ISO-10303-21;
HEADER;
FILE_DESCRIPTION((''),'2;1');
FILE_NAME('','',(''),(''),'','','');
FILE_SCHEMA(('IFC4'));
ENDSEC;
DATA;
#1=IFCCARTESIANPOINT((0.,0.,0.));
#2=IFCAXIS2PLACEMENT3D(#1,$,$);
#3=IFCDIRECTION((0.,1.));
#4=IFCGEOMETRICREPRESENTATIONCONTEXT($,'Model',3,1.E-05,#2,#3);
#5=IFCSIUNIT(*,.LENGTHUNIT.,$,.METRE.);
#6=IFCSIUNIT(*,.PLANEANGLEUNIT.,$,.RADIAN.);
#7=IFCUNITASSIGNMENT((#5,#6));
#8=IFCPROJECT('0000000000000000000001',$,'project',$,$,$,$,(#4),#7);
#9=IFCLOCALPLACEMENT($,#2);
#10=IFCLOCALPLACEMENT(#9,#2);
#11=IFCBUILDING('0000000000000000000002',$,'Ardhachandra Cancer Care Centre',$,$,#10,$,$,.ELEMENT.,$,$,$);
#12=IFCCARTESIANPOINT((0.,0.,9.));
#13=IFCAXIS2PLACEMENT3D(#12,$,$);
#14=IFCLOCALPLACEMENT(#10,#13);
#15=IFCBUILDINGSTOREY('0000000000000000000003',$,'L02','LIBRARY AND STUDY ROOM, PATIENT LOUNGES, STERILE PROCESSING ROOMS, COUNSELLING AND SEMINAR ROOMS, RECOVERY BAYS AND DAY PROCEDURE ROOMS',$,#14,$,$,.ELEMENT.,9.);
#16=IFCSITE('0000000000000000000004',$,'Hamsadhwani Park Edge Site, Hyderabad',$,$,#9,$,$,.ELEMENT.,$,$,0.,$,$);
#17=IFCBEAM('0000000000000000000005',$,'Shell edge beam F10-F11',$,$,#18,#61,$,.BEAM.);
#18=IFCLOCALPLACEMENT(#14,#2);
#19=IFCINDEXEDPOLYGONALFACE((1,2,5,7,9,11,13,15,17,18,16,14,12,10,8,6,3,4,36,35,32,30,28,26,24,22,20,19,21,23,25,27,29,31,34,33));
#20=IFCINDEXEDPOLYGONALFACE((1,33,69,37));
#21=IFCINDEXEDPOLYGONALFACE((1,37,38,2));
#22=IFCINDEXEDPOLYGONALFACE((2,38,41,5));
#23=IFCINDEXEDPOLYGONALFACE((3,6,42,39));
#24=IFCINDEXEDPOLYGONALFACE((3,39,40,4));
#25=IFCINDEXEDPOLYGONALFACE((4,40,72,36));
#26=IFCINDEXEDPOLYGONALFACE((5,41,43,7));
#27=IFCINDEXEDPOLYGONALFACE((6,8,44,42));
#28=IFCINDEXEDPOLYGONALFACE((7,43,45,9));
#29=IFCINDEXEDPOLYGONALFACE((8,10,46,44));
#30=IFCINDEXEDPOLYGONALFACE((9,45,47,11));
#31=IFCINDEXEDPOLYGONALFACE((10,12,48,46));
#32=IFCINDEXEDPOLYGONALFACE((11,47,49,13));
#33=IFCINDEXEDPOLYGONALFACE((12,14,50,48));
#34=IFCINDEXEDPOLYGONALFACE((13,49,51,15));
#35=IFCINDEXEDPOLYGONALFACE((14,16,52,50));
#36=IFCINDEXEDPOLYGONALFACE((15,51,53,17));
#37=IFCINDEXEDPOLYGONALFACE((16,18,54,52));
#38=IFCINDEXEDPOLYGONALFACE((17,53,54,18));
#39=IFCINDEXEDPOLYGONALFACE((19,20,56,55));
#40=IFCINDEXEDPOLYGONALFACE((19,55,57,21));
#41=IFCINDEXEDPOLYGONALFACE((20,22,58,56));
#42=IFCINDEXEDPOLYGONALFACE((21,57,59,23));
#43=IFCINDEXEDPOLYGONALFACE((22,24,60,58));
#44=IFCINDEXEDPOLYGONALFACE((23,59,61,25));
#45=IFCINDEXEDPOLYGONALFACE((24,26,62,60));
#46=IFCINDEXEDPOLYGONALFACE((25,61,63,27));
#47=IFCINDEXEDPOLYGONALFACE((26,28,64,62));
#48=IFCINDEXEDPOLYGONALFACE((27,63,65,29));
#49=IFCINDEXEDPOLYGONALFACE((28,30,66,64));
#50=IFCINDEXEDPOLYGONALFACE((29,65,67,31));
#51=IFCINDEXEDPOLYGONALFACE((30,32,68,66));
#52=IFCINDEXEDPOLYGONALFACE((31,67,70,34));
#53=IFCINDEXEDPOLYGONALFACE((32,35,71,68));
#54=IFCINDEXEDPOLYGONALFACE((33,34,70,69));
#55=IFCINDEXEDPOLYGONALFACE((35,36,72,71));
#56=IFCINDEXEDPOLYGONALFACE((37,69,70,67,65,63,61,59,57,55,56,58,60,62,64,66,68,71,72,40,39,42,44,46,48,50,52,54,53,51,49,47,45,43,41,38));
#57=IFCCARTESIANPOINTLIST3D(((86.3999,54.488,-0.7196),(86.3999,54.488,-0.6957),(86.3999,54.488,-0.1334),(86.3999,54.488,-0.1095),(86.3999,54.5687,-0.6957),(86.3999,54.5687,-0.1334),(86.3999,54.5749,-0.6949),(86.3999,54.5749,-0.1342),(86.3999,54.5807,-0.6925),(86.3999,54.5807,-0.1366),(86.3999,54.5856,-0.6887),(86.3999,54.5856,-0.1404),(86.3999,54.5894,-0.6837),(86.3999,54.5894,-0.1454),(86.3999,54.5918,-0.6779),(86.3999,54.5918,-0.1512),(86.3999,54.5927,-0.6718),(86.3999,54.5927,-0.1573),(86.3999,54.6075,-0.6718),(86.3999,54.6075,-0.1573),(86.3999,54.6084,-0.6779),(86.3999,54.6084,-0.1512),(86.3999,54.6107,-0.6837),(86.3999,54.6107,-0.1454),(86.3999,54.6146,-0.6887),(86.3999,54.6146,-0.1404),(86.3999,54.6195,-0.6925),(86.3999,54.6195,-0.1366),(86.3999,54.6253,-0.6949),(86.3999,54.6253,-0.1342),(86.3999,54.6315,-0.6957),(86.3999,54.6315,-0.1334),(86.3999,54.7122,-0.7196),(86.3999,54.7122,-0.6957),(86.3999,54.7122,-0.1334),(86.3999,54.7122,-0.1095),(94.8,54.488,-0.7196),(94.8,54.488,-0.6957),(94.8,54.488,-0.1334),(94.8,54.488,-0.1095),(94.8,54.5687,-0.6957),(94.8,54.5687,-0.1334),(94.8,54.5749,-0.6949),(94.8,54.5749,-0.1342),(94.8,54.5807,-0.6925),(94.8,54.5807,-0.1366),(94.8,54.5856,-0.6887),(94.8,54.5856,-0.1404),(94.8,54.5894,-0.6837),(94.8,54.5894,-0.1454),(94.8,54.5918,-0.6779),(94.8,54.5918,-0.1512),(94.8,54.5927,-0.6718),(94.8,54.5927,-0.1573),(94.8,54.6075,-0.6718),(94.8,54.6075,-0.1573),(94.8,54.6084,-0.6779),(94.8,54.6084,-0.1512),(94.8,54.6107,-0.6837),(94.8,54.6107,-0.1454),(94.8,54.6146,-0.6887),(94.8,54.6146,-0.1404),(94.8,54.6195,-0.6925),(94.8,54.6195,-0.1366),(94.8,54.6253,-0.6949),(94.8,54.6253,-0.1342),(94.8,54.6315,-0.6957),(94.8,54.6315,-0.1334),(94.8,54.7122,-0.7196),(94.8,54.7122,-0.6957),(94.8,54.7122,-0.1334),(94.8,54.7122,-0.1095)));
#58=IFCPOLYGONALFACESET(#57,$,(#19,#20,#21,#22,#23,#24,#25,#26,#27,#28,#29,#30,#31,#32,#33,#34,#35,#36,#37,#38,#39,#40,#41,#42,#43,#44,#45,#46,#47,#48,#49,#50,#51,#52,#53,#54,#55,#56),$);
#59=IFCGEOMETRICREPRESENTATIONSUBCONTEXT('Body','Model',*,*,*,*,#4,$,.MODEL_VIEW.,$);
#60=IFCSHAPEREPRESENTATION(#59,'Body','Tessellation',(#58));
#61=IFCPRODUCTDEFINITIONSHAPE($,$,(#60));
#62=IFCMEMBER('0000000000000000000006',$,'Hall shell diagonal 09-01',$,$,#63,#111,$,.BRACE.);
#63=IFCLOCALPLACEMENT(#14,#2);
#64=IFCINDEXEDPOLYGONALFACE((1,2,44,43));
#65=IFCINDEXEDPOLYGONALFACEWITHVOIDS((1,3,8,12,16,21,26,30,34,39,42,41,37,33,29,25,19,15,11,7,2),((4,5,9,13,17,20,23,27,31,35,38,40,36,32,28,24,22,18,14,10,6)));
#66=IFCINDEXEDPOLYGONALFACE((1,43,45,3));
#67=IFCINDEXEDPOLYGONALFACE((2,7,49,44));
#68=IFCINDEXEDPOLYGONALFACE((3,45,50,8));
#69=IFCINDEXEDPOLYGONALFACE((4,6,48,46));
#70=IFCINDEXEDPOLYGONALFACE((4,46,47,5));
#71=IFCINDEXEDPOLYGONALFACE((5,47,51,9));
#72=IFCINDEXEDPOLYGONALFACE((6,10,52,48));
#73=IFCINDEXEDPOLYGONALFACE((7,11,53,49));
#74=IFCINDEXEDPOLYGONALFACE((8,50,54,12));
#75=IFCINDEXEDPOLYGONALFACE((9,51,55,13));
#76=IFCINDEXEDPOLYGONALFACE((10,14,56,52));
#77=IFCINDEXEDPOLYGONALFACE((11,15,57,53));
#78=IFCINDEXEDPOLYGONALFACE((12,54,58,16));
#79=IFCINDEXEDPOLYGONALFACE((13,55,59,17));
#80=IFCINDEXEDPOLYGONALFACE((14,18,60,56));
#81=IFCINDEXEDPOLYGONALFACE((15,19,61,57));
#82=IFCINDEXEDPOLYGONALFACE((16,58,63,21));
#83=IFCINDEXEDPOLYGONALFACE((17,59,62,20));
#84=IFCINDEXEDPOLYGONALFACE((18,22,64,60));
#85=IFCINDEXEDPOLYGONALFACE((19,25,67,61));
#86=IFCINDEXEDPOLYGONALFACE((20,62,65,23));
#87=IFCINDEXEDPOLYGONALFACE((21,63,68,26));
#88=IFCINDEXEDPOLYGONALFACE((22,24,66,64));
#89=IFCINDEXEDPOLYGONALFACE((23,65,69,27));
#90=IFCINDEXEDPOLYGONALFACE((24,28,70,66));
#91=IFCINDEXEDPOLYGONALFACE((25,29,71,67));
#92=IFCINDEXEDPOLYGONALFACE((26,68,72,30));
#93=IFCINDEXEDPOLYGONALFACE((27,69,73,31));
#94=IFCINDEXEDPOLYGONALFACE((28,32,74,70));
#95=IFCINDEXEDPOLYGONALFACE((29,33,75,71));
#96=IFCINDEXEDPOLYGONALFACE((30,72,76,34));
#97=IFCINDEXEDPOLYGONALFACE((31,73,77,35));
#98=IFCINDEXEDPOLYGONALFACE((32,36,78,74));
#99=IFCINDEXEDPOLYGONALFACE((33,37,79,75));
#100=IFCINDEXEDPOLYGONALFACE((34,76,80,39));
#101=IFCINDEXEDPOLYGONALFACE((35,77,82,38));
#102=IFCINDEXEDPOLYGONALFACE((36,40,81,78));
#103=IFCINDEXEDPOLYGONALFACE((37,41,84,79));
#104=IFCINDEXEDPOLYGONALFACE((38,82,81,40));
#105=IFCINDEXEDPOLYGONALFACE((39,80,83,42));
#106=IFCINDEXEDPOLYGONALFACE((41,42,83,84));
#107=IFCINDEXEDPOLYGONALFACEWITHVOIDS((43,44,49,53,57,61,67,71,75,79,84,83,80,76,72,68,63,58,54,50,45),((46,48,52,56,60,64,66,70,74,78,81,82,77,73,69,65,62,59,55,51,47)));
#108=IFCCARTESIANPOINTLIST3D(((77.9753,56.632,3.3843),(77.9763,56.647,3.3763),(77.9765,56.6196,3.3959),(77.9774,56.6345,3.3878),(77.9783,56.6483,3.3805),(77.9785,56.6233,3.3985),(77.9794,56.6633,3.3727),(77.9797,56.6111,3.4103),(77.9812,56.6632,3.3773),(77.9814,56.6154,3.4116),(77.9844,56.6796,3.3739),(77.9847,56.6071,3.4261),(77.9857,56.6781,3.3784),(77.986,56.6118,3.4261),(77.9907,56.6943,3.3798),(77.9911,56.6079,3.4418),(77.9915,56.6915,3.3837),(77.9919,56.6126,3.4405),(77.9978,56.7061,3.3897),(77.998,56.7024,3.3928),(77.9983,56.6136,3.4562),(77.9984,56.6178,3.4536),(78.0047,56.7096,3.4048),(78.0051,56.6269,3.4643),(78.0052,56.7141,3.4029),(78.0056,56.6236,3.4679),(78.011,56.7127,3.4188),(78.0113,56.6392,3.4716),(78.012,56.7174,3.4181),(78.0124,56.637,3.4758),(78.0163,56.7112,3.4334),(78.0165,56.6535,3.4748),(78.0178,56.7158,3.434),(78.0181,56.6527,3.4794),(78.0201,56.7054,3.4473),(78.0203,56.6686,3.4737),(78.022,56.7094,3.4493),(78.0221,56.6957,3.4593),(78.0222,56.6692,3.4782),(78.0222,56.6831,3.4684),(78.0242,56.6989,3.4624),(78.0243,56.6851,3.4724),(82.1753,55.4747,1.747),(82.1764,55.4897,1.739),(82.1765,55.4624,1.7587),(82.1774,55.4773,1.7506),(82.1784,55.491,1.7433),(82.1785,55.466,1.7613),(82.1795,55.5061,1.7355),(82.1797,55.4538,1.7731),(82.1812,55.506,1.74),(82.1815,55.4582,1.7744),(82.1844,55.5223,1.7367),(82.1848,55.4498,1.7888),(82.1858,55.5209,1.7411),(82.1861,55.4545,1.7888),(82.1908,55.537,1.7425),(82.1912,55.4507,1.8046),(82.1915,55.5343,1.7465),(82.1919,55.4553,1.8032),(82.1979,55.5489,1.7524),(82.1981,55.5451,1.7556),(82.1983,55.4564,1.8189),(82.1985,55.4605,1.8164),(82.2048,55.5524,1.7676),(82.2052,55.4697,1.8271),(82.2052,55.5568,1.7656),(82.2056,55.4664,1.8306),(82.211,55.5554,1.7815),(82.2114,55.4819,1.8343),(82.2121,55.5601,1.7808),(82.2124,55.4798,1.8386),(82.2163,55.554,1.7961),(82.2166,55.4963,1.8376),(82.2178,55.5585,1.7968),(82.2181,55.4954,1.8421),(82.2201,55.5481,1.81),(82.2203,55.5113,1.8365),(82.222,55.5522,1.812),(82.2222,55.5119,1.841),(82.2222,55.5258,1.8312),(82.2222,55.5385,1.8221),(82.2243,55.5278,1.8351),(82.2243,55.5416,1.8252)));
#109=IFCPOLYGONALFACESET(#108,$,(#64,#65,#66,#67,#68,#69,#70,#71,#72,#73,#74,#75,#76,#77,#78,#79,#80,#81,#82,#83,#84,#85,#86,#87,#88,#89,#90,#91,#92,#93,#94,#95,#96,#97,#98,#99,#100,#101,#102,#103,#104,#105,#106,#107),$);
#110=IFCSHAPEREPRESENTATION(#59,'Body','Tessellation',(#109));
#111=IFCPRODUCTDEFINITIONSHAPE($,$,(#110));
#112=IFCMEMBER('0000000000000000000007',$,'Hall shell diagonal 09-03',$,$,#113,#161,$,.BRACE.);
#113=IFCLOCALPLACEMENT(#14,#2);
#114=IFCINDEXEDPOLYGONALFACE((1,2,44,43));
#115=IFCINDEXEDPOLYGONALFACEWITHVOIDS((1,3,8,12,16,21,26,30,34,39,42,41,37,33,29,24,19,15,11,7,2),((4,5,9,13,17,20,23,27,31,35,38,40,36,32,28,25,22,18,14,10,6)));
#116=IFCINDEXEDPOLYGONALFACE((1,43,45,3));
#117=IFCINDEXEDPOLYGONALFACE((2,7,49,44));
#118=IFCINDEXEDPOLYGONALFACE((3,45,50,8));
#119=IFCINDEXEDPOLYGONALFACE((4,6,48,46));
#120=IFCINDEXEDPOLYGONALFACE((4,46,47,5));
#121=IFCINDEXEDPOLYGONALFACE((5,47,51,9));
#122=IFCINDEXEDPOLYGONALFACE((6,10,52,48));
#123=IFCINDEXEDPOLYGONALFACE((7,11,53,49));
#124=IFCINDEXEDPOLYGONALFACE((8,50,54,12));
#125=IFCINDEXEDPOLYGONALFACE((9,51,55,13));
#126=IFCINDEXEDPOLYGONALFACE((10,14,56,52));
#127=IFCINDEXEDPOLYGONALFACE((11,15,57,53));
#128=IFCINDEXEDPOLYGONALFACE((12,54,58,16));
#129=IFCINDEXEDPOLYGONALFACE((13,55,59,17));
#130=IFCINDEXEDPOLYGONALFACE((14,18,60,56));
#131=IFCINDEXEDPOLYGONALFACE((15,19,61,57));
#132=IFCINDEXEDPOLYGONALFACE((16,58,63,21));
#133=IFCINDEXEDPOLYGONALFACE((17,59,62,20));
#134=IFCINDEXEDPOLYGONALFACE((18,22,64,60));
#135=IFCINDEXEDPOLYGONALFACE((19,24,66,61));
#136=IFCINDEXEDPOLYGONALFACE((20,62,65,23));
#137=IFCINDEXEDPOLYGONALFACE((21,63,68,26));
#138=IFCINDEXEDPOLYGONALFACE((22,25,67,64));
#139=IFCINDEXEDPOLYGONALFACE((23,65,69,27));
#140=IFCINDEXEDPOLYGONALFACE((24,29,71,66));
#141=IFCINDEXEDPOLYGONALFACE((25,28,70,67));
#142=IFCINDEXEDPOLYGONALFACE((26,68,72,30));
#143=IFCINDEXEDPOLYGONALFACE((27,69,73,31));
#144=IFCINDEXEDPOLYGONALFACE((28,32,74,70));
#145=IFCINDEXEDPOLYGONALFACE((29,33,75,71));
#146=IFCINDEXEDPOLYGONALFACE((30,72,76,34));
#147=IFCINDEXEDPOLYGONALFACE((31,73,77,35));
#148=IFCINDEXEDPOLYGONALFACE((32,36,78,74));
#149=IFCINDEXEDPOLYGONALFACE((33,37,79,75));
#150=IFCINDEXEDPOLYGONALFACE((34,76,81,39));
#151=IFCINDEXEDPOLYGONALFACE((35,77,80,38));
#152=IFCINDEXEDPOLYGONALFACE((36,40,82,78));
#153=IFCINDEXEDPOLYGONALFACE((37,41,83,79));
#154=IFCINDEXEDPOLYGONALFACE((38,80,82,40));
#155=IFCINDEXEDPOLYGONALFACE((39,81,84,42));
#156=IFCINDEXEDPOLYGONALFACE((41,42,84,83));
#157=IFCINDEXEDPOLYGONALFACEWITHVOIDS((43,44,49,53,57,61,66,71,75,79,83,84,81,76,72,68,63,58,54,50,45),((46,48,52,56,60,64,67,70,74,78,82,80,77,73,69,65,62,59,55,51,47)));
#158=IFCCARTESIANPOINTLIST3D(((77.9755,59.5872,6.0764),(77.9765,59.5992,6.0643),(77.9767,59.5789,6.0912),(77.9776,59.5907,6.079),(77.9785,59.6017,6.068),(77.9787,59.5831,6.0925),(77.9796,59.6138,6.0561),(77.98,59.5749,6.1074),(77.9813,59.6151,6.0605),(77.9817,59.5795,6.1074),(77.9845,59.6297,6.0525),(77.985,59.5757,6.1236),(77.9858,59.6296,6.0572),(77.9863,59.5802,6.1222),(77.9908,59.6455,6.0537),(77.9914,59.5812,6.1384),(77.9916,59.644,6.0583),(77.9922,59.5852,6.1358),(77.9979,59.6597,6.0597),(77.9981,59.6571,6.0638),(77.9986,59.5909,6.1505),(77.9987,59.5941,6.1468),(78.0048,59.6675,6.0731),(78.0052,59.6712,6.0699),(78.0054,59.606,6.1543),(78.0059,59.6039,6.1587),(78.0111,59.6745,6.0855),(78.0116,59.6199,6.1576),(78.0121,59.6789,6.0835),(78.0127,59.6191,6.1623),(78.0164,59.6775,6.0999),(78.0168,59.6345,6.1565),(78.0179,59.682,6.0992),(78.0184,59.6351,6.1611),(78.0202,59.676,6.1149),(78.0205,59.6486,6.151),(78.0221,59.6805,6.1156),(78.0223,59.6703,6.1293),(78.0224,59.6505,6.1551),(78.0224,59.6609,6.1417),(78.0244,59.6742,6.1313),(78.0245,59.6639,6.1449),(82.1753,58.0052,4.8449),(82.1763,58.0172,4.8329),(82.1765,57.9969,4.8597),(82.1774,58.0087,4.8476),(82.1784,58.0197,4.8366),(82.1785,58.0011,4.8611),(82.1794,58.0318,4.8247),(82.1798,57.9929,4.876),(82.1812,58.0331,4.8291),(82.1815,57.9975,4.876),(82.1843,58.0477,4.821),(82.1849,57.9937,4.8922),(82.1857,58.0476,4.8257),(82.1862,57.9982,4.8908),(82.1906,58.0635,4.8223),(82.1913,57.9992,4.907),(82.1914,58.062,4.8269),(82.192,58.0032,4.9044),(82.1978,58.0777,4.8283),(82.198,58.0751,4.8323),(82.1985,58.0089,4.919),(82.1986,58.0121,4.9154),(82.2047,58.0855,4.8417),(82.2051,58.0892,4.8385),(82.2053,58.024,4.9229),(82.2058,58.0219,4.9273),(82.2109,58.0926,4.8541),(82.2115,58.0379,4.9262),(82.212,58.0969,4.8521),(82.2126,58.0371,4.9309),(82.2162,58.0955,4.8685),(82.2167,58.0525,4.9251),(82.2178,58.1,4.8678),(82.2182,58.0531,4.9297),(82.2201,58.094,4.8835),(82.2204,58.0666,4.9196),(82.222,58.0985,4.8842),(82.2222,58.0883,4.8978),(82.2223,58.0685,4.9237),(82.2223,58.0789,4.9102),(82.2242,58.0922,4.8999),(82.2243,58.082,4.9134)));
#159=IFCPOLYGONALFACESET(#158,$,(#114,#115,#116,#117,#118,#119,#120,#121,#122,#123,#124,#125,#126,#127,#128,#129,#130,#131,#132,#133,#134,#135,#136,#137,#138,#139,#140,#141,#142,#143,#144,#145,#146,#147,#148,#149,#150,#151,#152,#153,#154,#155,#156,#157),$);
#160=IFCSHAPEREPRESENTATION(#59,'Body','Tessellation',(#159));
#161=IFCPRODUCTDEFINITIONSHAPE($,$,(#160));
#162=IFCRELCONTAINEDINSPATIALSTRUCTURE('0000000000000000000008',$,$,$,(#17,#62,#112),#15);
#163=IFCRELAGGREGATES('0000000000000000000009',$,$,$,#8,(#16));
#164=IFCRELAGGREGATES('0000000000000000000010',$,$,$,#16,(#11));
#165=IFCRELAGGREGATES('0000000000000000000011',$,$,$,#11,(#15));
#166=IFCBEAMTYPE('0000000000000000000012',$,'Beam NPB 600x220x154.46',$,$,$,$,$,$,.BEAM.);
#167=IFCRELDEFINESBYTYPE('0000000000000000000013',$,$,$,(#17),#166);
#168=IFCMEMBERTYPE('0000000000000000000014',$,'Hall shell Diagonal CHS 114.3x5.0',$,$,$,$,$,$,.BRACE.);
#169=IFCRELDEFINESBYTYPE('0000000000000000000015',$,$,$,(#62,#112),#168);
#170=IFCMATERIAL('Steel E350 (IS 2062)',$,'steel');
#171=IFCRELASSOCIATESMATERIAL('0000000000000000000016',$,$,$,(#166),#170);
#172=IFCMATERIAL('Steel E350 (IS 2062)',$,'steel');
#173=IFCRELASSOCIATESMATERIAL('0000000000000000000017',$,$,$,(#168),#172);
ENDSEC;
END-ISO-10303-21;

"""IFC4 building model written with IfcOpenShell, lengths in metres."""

from ifc_helpers import new_model, si_unit, direction, frame, origin, origin_2d, place, context, subcontext, project, spatial, hollow_circle, i_section, extrude, material, material_profile, profile_set, type_object, element, save


model = new_model("IFC4")

# Units and contexts
model_context = context("Model", 3, precision=1e-05, world=origin(), true_north=direction((0.0, 1.0)))
body_context = subcontext(model_context, "Body", "Model", "MODEL_VIEW")
ifc_project = project(units=[si_unit("LENGTHUNIT", "METRE"), si_unit("PLANEANGLEUNIT", "RADIAN")], contexts=[model_context])

# Site, building, storey
site_placement = place(None, origin())
site = spatial("IfcSite", under=ifc_project, at=site_placement, Name="Hamsadhwani Park Edge Site, Hyderabad", CompositionType="ELEMENT", RefElevation=0.0)
building_placement = place(site_placement, origin())
building = spatial("IfcBuilding", under=site, at=building_placement, Name="Ardhachandra Cancer Care Centre", CompositionType="ELEMENT")
storey_placement = place(building_placement, frame((0.0, 0.0, 9.0)))
storey = spatial("IfcBuildingStorey", under=building, at=storey_placement, Name="L02", Description="LIBRARY AND STUDY ROOM, PATIENT LOUNGES, STERILE PROCESSING ROOMS, COUNSELLING AND SEMINAR ROOMS, RECOVERY BAYS AND DAY PROCEDURE ROOMS", CompositionType="ELEMENT", Elevation=9.0)

# Beam
ifc_material_1 = material(Name="Steel E350 (IS 2062)", Category="steel")
ifc_material_profile_1 = material_profile(ifc_material_1, i_section(OverallWidth=0.2241, OverallDepth=0.6101, WebThickness=0.0149, FlangeThickness=0.0239, FilletRadius=0.0239, at=origin_2d()), Name="NPB 600x220x154.46")
ifc_profile_set_1 = profile_set([ifc_material_profile_1], Name="Steel E350 (IS 2062)")
beam_type = type_object("IfcBeamType", Name="Beam NPB 600x220x154.46", PredefinedType="BEAM", material=ifc_profile_set_1)
beam_placement = place(storey_placement, frame((86.3999, 54.6001, -0.4146), z_axis=(1.0, 0.0, 0.0), x_axis=(0.0, 1.0, 0.0)))
element("IfcBeam", 1, at=beam_placement, inside=storey, type_object=beam_type, Name="Shell edge beam F10-F11", PredefinedType="BEAM", context=body_context, shape_type="SweptSolid", body=[
    extrude(i_section(OverallWidth=0.2241, OverallDepth=0.6101, WebThickness=0.0149, FlangeThickness=0.0239, FilletRadius=0.0239, at=origin_2d()), origin(), (0.0, 0.0, 1.0), 8.4001),
])

# Members
ifc_material_2 = material(Name="Steel E350 (IS 2062)", Category="steel")
ifc_material_profile_2 = material_profile(ifc_material_2, hollow_circle(Radius=0.0571, WallThickness=0.0049, at=origin_2d()), Name="CHS 114.3x5.0")
ifc_profile_set_2 = profile_set([ifc_material_profile_2], Name="Steel E350 (IS 2062)")
member_type_1 = type_object("IfcMemberType", Name="Hall shell Diagonal CHS 114.3x5.0", PredefinedType="BRACE", material=ifc_profile_set_2)
member_1_placement = place(storey_placement, frame((82.2, 55.5049, 1.7888), z_axis=(-0.90245, 0.248655, 0.351789), x_axis=(-0.265634, -0.964074, 0.0)))
element("IfcMember", 2, at=member_1_placement, inside=storey, type_object=member_type_1, Name="Hall shell diagonal 09-01", PredefinedType="BRACE", context=body_context, shape_type="SweptSolid", body=[
    extrude(hollow_circle(Radius=0.0571, WallThickness=0.0049, at=origin_2d()), origin(), (0.0, 0.0, 1.0), 4.6541),
])
for number, where, z_axis, x_axis, name in (
    (3, (82.2, 58.0464, 4.876), (-0.902457, 0.339936, 0.264605), (-0.3525, -0.935812, 0.0), "Hall shell diagonal 09-03"),
):
    element("IfcMember", number, at=place(storey_placement, frame(where, z_axis=z_axis, x_axis=x_axis)), inside=storey, type_object=member_type_1, Name=name, PredefinedType="BRACE", context=body_context, shape_type="SweptSolid", body=[
        extrude(hollow_circle(Radius=0.0571, WallThickness=0.0049, at=origin_2d()), origin(), (0.0, 0.0, 1.0), 4.6538),
    ])

save(model, "model.ifc")
